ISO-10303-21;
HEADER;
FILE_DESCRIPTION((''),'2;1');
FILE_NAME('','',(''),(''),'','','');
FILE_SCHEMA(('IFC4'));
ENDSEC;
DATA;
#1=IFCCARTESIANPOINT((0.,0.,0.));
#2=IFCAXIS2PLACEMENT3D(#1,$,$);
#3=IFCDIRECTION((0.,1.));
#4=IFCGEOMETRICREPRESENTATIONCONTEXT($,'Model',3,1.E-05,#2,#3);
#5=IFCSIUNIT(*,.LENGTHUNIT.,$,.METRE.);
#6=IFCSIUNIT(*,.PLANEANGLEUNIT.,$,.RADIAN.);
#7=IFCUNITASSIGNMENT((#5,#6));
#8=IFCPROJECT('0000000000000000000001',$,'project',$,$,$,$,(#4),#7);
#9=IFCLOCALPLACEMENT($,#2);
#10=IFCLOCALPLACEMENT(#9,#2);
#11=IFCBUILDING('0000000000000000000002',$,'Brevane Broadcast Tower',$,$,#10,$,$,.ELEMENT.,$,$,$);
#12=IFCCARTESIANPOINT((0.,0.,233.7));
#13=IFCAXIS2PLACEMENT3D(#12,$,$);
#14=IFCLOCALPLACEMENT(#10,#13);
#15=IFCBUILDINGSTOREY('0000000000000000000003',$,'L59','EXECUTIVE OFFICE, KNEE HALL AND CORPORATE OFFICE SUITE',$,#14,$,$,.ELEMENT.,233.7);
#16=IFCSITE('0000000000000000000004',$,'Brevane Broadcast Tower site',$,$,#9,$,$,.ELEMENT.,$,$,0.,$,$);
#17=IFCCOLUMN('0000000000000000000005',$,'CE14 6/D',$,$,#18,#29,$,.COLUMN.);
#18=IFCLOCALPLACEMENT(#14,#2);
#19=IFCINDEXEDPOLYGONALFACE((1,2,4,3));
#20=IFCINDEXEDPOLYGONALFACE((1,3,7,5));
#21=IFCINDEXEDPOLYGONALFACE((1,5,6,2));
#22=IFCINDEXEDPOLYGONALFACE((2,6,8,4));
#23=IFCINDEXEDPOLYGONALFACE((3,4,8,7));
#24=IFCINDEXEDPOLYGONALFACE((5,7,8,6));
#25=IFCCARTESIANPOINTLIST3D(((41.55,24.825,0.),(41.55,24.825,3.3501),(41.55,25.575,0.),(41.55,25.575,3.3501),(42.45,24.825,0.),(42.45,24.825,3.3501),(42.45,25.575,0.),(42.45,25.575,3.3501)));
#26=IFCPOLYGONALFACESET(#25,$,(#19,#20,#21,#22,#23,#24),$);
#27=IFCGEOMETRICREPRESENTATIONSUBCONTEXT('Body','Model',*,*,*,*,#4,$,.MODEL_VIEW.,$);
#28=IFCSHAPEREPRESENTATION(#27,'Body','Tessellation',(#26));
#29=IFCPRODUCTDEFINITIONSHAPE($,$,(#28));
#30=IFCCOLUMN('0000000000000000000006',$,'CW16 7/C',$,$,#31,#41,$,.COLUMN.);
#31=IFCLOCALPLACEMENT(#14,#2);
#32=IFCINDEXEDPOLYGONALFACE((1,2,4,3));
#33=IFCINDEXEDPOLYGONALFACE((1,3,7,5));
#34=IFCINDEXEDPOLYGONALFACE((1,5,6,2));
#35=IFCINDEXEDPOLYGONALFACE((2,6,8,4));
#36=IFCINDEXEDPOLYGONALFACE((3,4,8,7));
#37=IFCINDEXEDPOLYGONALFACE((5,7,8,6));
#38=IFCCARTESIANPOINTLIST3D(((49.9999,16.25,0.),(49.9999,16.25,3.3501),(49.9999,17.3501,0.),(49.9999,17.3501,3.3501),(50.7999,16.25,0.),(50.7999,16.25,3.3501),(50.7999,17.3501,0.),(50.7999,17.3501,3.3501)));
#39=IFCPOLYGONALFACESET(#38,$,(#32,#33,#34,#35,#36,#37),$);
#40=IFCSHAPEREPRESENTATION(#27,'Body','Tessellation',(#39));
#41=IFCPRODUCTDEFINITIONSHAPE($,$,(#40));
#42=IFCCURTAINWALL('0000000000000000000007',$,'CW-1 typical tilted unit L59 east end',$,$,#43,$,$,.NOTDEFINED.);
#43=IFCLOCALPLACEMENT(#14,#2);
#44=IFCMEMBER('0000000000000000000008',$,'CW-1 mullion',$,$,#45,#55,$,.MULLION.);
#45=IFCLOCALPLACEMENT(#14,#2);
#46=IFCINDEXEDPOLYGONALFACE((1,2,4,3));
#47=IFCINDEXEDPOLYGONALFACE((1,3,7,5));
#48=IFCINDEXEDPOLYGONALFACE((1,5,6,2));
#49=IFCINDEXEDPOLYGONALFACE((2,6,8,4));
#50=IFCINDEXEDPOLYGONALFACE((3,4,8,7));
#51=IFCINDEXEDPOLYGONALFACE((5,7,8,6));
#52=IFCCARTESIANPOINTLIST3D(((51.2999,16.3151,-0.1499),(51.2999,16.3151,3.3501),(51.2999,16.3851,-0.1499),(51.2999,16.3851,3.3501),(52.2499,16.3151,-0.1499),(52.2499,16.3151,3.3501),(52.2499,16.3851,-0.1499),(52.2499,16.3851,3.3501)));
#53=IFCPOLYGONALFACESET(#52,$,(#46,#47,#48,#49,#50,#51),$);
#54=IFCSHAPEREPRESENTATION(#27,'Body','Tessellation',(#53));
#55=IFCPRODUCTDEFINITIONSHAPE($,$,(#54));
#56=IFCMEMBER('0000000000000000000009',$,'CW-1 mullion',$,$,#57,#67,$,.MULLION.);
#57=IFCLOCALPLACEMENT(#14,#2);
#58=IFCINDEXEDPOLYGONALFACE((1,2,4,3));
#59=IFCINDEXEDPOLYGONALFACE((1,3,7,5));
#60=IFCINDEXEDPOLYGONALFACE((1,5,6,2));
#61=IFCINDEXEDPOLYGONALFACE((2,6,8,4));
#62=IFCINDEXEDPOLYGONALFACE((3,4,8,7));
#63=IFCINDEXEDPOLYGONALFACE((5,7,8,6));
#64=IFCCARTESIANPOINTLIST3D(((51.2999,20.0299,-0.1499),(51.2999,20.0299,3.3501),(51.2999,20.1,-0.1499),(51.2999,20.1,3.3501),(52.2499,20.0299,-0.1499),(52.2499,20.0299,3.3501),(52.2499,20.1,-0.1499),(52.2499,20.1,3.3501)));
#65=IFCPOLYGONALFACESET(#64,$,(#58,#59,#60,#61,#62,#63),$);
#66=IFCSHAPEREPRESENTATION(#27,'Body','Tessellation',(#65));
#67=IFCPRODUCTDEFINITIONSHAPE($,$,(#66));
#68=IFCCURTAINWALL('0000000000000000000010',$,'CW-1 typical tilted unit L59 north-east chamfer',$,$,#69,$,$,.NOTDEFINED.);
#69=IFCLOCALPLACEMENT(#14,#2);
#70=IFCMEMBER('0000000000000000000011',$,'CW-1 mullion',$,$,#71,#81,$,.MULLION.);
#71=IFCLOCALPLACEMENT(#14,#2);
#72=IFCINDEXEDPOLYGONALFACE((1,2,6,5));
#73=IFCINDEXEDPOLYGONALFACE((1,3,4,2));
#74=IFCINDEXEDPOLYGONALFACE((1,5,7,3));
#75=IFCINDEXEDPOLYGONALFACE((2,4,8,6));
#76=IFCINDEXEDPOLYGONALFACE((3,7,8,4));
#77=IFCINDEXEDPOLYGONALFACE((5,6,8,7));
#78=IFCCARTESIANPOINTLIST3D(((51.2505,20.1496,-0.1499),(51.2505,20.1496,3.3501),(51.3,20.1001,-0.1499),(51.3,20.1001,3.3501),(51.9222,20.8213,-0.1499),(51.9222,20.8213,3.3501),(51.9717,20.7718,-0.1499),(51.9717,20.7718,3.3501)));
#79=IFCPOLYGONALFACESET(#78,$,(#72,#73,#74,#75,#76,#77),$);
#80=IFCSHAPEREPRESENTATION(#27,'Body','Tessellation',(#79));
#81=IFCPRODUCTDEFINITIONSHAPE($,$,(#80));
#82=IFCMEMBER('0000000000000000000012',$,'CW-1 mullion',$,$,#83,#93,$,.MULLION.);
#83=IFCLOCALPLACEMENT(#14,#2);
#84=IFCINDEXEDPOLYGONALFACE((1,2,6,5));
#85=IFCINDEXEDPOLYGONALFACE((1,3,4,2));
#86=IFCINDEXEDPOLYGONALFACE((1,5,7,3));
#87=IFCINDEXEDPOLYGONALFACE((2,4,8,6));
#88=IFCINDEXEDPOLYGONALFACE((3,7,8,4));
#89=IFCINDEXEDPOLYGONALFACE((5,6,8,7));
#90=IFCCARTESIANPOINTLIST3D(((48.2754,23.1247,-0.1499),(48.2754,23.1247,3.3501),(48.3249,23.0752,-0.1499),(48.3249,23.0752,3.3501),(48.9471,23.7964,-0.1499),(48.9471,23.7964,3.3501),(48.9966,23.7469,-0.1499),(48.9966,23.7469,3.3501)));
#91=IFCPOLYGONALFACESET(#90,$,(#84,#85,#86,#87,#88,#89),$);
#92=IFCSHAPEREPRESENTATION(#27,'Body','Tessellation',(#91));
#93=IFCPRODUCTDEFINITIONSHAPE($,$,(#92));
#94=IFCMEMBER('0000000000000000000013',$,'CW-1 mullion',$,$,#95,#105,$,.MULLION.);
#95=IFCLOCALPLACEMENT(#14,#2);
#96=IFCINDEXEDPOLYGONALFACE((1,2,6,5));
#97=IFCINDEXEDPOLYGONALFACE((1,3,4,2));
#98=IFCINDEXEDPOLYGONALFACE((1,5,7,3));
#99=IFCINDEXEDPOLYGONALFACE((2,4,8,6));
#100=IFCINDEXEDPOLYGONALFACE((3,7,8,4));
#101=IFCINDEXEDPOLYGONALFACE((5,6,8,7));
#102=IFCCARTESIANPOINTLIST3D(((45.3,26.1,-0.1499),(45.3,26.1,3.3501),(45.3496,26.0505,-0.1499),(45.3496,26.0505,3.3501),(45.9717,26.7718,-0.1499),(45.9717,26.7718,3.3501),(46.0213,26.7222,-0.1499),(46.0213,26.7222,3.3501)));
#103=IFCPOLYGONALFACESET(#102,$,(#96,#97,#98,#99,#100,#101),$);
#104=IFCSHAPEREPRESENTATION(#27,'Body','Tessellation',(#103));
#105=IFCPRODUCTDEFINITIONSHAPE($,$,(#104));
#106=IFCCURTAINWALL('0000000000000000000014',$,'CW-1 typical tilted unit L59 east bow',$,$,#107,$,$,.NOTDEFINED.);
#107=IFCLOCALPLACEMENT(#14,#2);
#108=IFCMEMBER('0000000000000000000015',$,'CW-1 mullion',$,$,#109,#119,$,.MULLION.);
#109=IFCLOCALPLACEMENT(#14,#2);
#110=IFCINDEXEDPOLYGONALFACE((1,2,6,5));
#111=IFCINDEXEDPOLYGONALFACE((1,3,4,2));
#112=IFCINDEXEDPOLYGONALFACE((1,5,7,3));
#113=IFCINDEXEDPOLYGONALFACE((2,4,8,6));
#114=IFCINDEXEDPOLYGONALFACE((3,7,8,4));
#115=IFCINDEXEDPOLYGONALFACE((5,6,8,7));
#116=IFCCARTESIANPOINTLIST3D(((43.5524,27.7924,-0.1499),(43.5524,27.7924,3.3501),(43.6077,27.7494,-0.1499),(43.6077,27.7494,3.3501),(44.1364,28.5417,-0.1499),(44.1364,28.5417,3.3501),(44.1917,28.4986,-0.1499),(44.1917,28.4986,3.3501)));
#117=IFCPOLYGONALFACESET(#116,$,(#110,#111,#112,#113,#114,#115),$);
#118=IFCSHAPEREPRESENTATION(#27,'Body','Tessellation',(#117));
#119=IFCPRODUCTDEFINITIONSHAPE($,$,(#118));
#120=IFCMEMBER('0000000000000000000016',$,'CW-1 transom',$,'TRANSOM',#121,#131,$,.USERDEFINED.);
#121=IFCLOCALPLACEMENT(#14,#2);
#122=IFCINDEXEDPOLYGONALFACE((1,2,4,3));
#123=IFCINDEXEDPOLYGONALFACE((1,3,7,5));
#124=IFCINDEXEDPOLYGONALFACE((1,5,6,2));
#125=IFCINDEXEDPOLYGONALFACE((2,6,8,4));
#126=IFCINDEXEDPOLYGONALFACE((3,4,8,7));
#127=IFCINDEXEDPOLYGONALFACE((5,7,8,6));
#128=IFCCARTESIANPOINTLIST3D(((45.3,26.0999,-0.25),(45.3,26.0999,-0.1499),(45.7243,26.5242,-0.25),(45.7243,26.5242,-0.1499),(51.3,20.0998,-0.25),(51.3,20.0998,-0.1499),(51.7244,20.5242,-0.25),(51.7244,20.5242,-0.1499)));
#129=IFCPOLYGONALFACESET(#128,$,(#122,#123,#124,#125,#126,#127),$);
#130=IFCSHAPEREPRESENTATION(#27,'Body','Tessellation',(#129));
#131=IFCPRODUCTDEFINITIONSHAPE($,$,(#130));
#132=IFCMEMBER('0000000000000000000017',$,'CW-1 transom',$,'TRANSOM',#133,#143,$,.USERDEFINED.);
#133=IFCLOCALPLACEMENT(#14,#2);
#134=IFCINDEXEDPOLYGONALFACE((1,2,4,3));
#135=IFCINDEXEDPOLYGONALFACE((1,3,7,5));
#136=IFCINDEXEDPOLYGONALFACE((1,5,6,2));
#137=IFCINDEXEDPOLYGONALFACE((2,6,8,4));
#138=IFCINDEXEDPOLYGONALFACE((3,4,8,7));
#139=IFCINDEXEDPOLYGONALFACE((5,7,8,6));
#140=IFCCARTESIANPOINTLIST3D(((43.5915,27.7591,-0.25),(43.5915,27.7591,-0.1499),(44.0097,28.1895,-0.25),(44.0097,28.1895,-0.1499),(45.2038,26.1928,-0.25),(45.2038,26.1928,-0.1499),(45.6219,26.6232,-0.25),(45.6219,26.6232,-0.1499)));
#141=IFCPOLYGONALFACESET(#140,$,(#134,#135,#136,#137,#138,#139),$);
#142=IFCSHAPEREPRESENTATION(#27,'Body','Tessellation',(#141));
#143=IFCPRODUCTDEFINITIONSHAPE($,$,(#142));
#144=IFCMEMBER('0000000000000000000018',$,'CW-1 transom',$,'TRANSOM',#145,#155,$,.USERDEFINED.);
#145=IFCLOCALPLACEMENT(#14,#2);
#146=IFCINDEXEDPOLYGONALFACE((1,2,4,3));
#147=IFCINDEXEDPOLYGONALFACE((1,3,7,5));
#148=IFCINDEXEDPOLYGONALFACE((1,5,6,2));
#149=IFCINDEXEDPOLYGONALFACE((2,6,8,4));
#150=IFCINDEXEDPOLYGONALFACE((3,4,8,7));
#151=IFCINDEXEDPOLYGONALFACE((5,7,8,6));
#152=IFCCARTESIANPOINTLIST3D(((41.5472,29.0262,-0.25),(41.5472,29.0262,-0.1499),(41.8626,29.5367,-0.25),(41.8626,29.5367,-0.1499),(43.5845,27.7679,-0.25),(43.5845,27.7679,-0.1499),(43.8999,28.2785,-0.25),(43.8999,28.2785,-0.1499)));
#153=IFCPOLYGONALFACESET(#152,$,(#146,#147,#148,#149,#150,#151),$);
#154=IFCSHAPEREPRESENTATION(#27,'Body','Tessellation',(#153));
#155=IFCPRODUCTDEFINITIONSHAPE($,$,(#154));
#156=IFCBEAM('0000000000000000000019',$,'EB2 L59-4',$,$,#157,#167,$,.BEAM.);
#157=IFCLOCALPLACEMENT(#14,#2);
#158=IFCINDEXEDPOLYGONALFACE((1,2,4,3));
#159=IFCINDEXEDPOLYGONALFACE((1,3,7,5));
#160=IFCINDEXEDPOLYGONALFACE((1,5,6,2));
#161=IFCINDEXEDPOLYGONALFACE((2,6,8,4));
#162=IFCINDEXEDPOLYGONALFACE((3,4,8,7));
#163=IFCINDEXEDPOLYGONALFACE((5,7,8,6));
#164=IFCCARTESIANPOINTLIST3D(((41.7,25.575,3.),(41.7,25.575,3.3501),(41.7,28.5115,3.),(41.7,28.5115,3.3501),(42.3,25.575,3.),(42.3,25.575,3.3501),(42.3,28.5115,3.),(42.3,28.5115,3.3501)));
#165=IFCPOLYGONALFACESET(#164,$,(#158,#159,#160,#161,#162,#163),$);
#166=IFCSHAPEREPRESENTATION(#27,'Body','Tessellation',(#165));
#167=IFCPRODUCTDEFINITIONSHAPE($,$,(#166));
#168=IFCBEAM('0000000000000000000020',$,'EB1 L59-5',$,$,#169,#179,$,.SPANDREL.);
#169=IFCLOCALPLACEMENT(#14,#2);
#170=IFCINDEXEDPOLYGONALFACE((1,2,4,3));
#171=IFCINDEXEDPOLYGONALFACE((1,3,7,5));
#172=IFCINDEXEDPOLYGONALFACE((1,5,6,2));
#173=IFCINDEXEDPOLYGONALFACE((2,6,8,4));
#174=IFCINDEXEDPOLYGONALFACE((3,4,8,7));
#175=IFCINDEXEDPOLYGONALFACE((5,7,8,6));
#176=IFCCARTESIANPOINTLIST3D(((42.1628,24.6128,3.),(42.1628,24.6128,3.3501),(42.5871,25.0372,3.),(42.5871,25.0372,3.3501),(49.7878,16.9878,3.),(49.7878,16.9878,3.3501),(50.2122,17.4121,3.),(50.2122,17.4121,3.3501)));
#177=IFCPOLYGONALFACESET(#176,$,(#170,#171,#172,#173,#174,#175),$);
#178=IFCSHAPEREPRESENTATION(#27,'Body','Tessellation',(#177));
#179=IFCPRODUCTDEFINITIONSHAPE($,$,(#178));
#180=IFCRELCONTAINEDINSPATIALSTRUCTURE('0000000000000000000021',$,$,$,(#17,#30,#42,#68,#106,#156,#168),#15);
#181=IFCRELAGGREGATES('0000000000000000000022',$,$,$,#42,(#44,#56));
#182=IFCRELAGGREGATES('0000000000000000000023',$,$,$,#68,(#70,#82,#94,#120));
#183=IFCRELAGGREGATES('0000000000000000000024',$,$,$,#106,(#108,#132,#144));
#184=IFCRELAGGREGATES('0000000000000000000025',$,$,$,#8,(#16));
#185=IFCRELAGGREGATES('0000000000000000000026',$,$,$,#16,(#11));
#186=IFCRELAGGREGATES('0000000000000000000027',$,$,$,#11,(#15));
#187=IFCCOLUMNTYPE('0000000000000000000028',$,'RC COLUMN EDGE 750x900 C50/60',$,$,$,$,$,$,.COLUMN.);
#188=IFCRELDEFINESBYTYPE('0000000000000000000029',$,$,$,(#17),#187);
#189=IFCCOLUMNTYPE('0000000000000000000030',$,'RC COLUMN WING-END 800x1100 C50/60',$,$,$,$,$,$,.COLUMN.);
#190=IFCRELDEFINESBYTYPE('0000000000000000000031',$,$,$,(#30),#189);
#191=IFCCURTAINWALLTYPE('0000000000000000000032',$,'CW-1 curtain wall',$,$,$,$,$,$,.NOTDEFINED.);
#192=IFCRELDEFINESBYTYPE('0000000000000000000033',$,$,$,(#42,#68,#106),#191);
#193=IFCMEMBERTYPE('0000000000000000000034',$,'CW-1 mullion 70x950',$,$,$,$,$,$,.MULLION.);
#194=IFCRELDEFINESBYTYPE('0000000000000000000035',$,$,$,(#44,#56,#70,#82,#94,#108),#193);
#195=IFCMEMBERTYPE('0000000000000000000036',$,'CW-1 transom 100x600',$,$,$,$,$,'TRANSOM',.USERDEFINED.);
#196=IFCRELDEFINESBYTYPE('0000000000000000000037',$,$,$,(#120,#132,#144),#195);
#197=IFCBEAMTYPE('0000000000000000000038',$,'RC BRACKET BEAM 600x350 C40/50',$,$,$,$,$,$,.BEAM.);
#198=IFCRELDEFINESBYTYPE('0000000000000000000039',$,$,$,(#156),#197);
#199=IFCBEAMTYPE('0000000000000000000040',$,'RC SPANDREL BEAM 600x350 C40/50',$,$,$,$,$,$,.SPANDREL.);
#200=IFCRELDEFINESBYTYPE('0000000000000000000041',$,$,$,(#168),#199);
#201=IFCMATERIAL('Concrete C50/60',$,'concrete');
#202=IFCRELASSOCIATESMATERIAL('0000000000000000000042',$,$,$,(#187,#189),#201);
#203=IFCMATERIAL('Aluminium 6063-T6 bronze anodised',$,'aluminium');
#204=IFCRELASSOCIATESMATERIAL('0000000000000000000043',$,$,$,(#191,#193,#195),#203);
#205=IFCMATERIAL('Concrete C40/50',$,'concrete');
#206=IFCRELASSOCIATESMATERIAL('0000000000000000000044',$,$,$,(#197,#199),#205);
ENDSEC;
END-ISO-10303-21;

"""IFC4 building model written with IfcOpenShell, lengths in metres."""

from ifc_helpers import new_model, si_unit, direction, frame, origin, origin_2d, place, context, subcontext, project, spatial, rectangle, extrude, material, material_profile, profile_set, type_object, element, aggregate, save


model = new_model("IFC4")

# Units and contexts
model_context = context("Model", 3, precision=1e-05, world=origin(), true_north=direction((0.0, 1.0)))
body_context = subcontext(model_context, "Body", "Model", "MODEL_VIEW")
ifc_project = project(units=[si_unit("LENGTHUNIT", "METRE"), si_unit("PLANEANGLEUNIT", "RADIAN")], contexts=[model_context])

# Site, building, storey
site_placement = place(None, origin())
site = spatial("IfcSite", under=ifc_project, at=site_placement, Name="Brevane Broadcast Tower site", CompositionType="ELEMENT", RefElevation=0.0)
building_placement = place(site_placement, origin())
building = spatial("IfcBuilding", under=site, at=building_placement, Name="Brevane Broadcast Tower", CompositionType="ELEMENT")
storey_placement = place(building_placement, frame((0.0, 0.0, 233.7)))
storey = spatial("IfcBuildingStorey", under=building, at=storey_placement, Name="L59", Description="EXECUTIVE OFFICE, KNEE HALL AND CORPORATE OFFICE SUITE", CompositionType="ELEMENT", Elevation=233.7)

# Columns
ifc_material_1 = material(Name="Concrete C50/60", Category="concrete")
ifc_material_profile_1 = material_profile(ifc_material_1, rectangle(XDim=0.75, YDim=0.8999, at=origin_2d()), Name="RC 750x900")
ifc_profile_set_1 = profile_set([ifc_material_profile_1], Name="Concrete C50/60")
column_type_1 = type_object("IfcColumnType", Name="RC COLUMN EDGE 750x900 C50/60", PredefinedType="COLUMN", material=ifc_profile_set_1)
column_1_placement = place(storey_placement, frame((42.0, 25.2, 0.0), z_axis=(0.0, 0.0, 1.0), x_axis=(0.0, 1.0, 0.0)))
element("IfcColumn", 1, at=column_1_placement, inside=storey, type_object=column_type_1, Name="CE14 6/D", PredefinedType="COLUMN", context=body_context, shape_type="SweptSolid", body=[
    extrude(rectangle(XDim=0.75, YDim=0.8999, at=origin_2d()), origin(), (0.0, 0.0, 1.0), 3.3501),
])
ifc_material_profile_2 = material_profile(ifc_material_1, rectangle(XDim=0.8, YDim=1.1001, at=origin_2d()), Name="RC 800x1100")
ifc_profile_set_2 = profile_set([ifc_material_profile_2], Name="Concrete C50/60")
column_type_2 = type_object("IfcColumnType", Name="RC COLUMN WING-END 800x1100 C50/60", PredefinedType="COLUMN", material=ifc_profile_set_2)
column_2_placement = place(storey_placement, frame((50.3999, 16.8, 0.0), z_axis=(0.0, 0.0, 1.0), x_axis=(1.0, 0.0, 0.0)))
element("IfcColumn", 2, at=column_2_placement, inside=storey, type_object=column_type_2, Name="CW16 7/C", PredefinedType="COLUMN", context=body_context, shape_type="SweptSolid", body=[
    extrude(rectangle(XDim=0.8, YDim=1.1001, at=origin_2d()), origin(), (0.0, 0.0, 1.0), 3.3501),
])

# Curtain walls, members
ifc_material_2 = material(Name="Aluminium 6063-T6 bronze anodised", Category="aluminium")
curtain_wall_type = type_object("IfcCurtainWallType", Name="CW-1 curtain wall", PredefinedType="NOTDEFINED", material=ifc_material_2)
curtain_wall_1_placement = place(storey_placement, origin())
curtain_wall_1 = element("IfcCurtainWall", 3, at=curtain_wall_1_placement, inside=storey, type_object=curtain_wall_type, Name="CW-1 typical tilted unit L59 east end", PredefinedType="NOTDEFINED")
ifc_material_profile_3 = material_profile(ifc_material_2, rectangle(XDim=0.95, YDim=0.0701, at=origin_2d()), Name="RECT 70x950")
ifc_profile_set_3 = profile_set([ifc_material_profile_3], Name="Aluminium 6063-T6 bronze anodised")
member_type_1 = type_object("IfcMemberType", Name="CW-1 mullion 70x950", PredefinedType="MULLION", material=ifc_profile_set_3)
member_1_placement = place(storey_placement, frame((51.7749, 16.3501, -0.1499), z_axis=(0.0, 0.0, 1.0), x_axis=(-1.0, 0.0, 0.0)))
member_1 = element("IfcMember", 4, at=member_1_placement, type_object=member_type_1, Name="CW-1 mullion", PredefinedType="MULLION", context=body_context, shape_type="SweptSolid", body=[
    extrude(rectangle(XDim=0.95, YDim=0.0701, at=origin_2d()), origin(), (0.0, 0.0, 1.0), 3.5),
])
member_2_placement = place(storey_placement, frame((51.7749, 20.0649, -0.1499), z_axis=(0.0, 0.0, 1.0), x_axis=(-1.0, 0.0, 0.0)))
member_2 = element("IfcMember", 5, at=member_2_placement, type_object=member_type_1, Name="CW-1 mullion", PredefinedType="MULLION", context=body_context, shape_type="SweptSolid", body=[
    extrude(rectangle(XDim=0.95, YDim=0.0701, at=origin_2d()), origin(), (0.0, 0.0, 1.0), 3.5),
])
aggregate(curtain_wall_1, [member_1, member_2])
curtain_wall_2_placement = place(storey_placement, origin())
curtain_wall_2 = element("IfcCurtainWall", 6, at=curtain_wall_2_placement, inside=storey, type_object=curtain_wall_type, Name="CW-1 typical tilted unit L59 north-east chamfer", PredefinedType="NOTDEFINED")
member_3_placement = place(storey_placement, frame((51.6111, 20.4607, -0.1499), z_axis=(0.0, 0.0, 1.0), x_axis=(-0.707107, -0.707107, 0.0)))
member_3 = element("IfcMember", 7, at=member_3_placement, type_object=member_type_1, Name="CW-1 mullion", PredefinedType="MULLION", context=body_context, shape_type="SweptSolid", body=[
    extrude(rectangle(XDim=0.95, YDim=0.0701, at=origin_2d()), origin(), (0.0, 0.0, 1.0), 3.5),
])
member_4_placement = place(storey_placement, frame((48.636, 23.4358, -0.1499), z_axis=(0.0, 0.0, 1.0), x_axis=(-0.707107, -0.707107, 0.0)))
member_4 = element("IfcMember", 8, at=member_4_placement, type_object=member_type_1, Name="CW-1 mullion", PredefinedType="MULLION", context=body_context, shape_type="SweptSolid", body=[
    extrude(rectangle(XDim=0.95, YDim=0.0701, at=origin_2d()), origin(), (0.0, 0.0, 1.0), 3.5),
])
member_5_placement = place(storey_placement, frame((45.6606, 26.4111, -0.1499), z_axis=(0.0, 0.0, 1.0), x_axis=(-0.707107, -0.707107, 0.0)))
member_5 = element("IfcMember", 9, at=member_5_placement, type_object=member_type_1, Name="CW-1 mullion", PredefinedType="MULLION", context=body_context, shape_type="SweptSolid", body=[
    extrude(rectangle(XDim=0.95, YDim=0.0701, at=origin_2d()), origin(), (0.0, 0.0, 1.0), 3.5),
])

# Curtain wall, member
curtain_wall_3_placement = place(storey_placement, origin())
curtain_wall_3 = element("IfcCurtainWall", 10, at=curtain_wall_3_placement, inside=storey, type_object=curtain_wall_type, Name="CW-1 typical tilted unit L59 east bow", PredefinedType="NOTDEFINED")
member_6_placement = place(storey_placement, frame((43.8721, 28.1455, -0.1499), z_axis=(0.0, 0.0, 1.0), x_axis=(-0.61477, -0.788707, 0.0)))
member_6 = element("IfcMember", 11, at=member_6_placement, type_object=member_type_1, Name="CW-1 mullion", PredefinedType="MULLION", context=body_context, shape_type="SweptSolid", body=[
    extrude(rectangle(XDim=0.95, YDim=0.0701, at=origin_2d()), origin(), (0.0, 0.0, 1.0), 3.5),
])

# Members
ifc_material_profile_4 = material_profile(ifc_material_2, rectangle(XDim=0.6001, YDim=0.1001, at=origin_2d()), Name="RECT 100x600")
ifc_profile_set_4 = profile_set([ifc_material_profile_4], Name="Aluminium 6063-T6 bronze anodised")
member_type_2 = type_object("IfcMemberType", Name="CW-1 transom 100x600", ElementType="TRANSOM", PredefinedType="USERDEFINED", material=ifc_profile_set_4)
member_7_placement = place(storey_placement, frame((51.5122, 20.312, -0.2), z_axis=(-0.707107, 0.707107, 0.0), x_axis=(-0.707107, -0.707107, 0.0)))
member_7 = element("IfcMember", 12, at=member_7_placement, type_object=member_type_2, Name="CW-1 transom", ObjectType="TRANSOM", PredefinedType="USERDEFINED", context=body_context, shape_type="SweptSolid", body=[
    extrude(rectangle(XDim=0.6001, YDim=0.1001, at=origin_2d()), origin(), (0.0, 0.0, 1.0), 8.4854),
])
aggregate(curtain_wall_2, [member_3, member_4, member_5, member_7])
member_8_placement = place(storey_placement, frame((45.4128, 26.408, -0.2), z_axis=(-0.717242, 0.696824, 0.0), x_axis=(-0.696824, -0.717242, 0.0)))
member_8 = element("IfcMember", 13, at=member_8_placement, type_object=member_type_2, Name="CW-1 transom", ObjectType="TRANSOM", PredefinedType="USERDEFINED", context=body_context, shape_type="SweptSolid", body=[
    extrude(rectangle(XDim=0.6001, YDim=0.1001, at=origin_2d()), origin(), (0.0, 0.0, 1.0), 2.2478),
])
member_9_placement = place(storey_placement, frame((43.7422, 28.0232, -0.2), z_axis=(-0.85081, 0.525473, 0.0), x_axis=(-0.525473, -0.85081, 0.0)))
member_9 = element("IfcMember", 14, at=member_9_placement, type_object=member_type_2, Name="CW-1 transom", ObjectType="TRANSOM", PredefinedType="USERDEFINED", context=body_context, shape_type="SweptSolid", body=[
    extrude(rectangle(XDim=0.6001, YDim=0.1001, at=origin_2d()), origin(), (0.0, 0.0, 1.0), 2.3945),
])
aggregate(curtain_wall_3, [member_6, member_8, member_9])

# Beams
ifc_material_3 = material(Name="Concrete C40/50", Category="concrete")
ifc_material_profile_5 = material_profile(ifc_material_3, rectangle(XDim=0.6001, YDim=0.3501, at=origin_2d()), Name="RC 600x350")
ifc_profile_set_5 = profile_set([ifc_material_profile_5], Name="Concrete C40/50")
beam_type_1 = type_object("IfcBeamType", Name="RC BRACKET BEAM 600x350 C40/50", PredefinedType="BEAM", material=ifc_profile_set_5)
beam_1_placement = place(storey_placement, frame((42.0, 25.575, 3.175), z_axis=(0.0, 1.0, 0.0), x_axis=(-1.0, 0.0, 0.0)))
element("IfcBeam", 15, at=beam_1_placement, inside=storey, type_object=beam_type_1, Name="EB2 L59-4", PredefinedType="BEAM", context=body_context, shape_type="SweptSolid", body=[
    extrude(rectangle(XDim=0.6001, YDim=0.3501, at=origin_2d()), origin(), (0.0, 0.0, 1.0), 2.9365),
])
ifc_material_profile_6 = material_profile(ifc_material_3, rectangle(XDim=0.6001, YDim=0.3501, at=origin_2d()), Name="RC 600x350")
ifc_profile_set_6 = profile_set([ifc_material_profile_6], Name="Concrete C40/50")
beam_type_2 = type_object("IfcBeamType", Name="RC SPANDREL BEAM 600x350 C40/50", PredefinedType="SPANDREL", material=ifc_profile_set_6)
beam_2_placement = place(storey_placement, frame((50.0, 17.2, 3.175), z_axis=(-0.707107, 0.707107, 0.0), x_axis=(-0.707107, -0.707107, 0.0)))
element("IfcBeam", 16, at=beam_2_placement, inside=storey, type_object=beam_type_2, Name="EB1 L59-5", PredefinedType="SPANDREL", context=body_context, shape_type="SweptSolid", body=[
    extrude(rectangle(XDim=0.6001, YDim=0.3501, at=origin_2d()), origin(), (0.0, 0.0, 1.0), 10.7834),
])

save(model, "model.ifc")
